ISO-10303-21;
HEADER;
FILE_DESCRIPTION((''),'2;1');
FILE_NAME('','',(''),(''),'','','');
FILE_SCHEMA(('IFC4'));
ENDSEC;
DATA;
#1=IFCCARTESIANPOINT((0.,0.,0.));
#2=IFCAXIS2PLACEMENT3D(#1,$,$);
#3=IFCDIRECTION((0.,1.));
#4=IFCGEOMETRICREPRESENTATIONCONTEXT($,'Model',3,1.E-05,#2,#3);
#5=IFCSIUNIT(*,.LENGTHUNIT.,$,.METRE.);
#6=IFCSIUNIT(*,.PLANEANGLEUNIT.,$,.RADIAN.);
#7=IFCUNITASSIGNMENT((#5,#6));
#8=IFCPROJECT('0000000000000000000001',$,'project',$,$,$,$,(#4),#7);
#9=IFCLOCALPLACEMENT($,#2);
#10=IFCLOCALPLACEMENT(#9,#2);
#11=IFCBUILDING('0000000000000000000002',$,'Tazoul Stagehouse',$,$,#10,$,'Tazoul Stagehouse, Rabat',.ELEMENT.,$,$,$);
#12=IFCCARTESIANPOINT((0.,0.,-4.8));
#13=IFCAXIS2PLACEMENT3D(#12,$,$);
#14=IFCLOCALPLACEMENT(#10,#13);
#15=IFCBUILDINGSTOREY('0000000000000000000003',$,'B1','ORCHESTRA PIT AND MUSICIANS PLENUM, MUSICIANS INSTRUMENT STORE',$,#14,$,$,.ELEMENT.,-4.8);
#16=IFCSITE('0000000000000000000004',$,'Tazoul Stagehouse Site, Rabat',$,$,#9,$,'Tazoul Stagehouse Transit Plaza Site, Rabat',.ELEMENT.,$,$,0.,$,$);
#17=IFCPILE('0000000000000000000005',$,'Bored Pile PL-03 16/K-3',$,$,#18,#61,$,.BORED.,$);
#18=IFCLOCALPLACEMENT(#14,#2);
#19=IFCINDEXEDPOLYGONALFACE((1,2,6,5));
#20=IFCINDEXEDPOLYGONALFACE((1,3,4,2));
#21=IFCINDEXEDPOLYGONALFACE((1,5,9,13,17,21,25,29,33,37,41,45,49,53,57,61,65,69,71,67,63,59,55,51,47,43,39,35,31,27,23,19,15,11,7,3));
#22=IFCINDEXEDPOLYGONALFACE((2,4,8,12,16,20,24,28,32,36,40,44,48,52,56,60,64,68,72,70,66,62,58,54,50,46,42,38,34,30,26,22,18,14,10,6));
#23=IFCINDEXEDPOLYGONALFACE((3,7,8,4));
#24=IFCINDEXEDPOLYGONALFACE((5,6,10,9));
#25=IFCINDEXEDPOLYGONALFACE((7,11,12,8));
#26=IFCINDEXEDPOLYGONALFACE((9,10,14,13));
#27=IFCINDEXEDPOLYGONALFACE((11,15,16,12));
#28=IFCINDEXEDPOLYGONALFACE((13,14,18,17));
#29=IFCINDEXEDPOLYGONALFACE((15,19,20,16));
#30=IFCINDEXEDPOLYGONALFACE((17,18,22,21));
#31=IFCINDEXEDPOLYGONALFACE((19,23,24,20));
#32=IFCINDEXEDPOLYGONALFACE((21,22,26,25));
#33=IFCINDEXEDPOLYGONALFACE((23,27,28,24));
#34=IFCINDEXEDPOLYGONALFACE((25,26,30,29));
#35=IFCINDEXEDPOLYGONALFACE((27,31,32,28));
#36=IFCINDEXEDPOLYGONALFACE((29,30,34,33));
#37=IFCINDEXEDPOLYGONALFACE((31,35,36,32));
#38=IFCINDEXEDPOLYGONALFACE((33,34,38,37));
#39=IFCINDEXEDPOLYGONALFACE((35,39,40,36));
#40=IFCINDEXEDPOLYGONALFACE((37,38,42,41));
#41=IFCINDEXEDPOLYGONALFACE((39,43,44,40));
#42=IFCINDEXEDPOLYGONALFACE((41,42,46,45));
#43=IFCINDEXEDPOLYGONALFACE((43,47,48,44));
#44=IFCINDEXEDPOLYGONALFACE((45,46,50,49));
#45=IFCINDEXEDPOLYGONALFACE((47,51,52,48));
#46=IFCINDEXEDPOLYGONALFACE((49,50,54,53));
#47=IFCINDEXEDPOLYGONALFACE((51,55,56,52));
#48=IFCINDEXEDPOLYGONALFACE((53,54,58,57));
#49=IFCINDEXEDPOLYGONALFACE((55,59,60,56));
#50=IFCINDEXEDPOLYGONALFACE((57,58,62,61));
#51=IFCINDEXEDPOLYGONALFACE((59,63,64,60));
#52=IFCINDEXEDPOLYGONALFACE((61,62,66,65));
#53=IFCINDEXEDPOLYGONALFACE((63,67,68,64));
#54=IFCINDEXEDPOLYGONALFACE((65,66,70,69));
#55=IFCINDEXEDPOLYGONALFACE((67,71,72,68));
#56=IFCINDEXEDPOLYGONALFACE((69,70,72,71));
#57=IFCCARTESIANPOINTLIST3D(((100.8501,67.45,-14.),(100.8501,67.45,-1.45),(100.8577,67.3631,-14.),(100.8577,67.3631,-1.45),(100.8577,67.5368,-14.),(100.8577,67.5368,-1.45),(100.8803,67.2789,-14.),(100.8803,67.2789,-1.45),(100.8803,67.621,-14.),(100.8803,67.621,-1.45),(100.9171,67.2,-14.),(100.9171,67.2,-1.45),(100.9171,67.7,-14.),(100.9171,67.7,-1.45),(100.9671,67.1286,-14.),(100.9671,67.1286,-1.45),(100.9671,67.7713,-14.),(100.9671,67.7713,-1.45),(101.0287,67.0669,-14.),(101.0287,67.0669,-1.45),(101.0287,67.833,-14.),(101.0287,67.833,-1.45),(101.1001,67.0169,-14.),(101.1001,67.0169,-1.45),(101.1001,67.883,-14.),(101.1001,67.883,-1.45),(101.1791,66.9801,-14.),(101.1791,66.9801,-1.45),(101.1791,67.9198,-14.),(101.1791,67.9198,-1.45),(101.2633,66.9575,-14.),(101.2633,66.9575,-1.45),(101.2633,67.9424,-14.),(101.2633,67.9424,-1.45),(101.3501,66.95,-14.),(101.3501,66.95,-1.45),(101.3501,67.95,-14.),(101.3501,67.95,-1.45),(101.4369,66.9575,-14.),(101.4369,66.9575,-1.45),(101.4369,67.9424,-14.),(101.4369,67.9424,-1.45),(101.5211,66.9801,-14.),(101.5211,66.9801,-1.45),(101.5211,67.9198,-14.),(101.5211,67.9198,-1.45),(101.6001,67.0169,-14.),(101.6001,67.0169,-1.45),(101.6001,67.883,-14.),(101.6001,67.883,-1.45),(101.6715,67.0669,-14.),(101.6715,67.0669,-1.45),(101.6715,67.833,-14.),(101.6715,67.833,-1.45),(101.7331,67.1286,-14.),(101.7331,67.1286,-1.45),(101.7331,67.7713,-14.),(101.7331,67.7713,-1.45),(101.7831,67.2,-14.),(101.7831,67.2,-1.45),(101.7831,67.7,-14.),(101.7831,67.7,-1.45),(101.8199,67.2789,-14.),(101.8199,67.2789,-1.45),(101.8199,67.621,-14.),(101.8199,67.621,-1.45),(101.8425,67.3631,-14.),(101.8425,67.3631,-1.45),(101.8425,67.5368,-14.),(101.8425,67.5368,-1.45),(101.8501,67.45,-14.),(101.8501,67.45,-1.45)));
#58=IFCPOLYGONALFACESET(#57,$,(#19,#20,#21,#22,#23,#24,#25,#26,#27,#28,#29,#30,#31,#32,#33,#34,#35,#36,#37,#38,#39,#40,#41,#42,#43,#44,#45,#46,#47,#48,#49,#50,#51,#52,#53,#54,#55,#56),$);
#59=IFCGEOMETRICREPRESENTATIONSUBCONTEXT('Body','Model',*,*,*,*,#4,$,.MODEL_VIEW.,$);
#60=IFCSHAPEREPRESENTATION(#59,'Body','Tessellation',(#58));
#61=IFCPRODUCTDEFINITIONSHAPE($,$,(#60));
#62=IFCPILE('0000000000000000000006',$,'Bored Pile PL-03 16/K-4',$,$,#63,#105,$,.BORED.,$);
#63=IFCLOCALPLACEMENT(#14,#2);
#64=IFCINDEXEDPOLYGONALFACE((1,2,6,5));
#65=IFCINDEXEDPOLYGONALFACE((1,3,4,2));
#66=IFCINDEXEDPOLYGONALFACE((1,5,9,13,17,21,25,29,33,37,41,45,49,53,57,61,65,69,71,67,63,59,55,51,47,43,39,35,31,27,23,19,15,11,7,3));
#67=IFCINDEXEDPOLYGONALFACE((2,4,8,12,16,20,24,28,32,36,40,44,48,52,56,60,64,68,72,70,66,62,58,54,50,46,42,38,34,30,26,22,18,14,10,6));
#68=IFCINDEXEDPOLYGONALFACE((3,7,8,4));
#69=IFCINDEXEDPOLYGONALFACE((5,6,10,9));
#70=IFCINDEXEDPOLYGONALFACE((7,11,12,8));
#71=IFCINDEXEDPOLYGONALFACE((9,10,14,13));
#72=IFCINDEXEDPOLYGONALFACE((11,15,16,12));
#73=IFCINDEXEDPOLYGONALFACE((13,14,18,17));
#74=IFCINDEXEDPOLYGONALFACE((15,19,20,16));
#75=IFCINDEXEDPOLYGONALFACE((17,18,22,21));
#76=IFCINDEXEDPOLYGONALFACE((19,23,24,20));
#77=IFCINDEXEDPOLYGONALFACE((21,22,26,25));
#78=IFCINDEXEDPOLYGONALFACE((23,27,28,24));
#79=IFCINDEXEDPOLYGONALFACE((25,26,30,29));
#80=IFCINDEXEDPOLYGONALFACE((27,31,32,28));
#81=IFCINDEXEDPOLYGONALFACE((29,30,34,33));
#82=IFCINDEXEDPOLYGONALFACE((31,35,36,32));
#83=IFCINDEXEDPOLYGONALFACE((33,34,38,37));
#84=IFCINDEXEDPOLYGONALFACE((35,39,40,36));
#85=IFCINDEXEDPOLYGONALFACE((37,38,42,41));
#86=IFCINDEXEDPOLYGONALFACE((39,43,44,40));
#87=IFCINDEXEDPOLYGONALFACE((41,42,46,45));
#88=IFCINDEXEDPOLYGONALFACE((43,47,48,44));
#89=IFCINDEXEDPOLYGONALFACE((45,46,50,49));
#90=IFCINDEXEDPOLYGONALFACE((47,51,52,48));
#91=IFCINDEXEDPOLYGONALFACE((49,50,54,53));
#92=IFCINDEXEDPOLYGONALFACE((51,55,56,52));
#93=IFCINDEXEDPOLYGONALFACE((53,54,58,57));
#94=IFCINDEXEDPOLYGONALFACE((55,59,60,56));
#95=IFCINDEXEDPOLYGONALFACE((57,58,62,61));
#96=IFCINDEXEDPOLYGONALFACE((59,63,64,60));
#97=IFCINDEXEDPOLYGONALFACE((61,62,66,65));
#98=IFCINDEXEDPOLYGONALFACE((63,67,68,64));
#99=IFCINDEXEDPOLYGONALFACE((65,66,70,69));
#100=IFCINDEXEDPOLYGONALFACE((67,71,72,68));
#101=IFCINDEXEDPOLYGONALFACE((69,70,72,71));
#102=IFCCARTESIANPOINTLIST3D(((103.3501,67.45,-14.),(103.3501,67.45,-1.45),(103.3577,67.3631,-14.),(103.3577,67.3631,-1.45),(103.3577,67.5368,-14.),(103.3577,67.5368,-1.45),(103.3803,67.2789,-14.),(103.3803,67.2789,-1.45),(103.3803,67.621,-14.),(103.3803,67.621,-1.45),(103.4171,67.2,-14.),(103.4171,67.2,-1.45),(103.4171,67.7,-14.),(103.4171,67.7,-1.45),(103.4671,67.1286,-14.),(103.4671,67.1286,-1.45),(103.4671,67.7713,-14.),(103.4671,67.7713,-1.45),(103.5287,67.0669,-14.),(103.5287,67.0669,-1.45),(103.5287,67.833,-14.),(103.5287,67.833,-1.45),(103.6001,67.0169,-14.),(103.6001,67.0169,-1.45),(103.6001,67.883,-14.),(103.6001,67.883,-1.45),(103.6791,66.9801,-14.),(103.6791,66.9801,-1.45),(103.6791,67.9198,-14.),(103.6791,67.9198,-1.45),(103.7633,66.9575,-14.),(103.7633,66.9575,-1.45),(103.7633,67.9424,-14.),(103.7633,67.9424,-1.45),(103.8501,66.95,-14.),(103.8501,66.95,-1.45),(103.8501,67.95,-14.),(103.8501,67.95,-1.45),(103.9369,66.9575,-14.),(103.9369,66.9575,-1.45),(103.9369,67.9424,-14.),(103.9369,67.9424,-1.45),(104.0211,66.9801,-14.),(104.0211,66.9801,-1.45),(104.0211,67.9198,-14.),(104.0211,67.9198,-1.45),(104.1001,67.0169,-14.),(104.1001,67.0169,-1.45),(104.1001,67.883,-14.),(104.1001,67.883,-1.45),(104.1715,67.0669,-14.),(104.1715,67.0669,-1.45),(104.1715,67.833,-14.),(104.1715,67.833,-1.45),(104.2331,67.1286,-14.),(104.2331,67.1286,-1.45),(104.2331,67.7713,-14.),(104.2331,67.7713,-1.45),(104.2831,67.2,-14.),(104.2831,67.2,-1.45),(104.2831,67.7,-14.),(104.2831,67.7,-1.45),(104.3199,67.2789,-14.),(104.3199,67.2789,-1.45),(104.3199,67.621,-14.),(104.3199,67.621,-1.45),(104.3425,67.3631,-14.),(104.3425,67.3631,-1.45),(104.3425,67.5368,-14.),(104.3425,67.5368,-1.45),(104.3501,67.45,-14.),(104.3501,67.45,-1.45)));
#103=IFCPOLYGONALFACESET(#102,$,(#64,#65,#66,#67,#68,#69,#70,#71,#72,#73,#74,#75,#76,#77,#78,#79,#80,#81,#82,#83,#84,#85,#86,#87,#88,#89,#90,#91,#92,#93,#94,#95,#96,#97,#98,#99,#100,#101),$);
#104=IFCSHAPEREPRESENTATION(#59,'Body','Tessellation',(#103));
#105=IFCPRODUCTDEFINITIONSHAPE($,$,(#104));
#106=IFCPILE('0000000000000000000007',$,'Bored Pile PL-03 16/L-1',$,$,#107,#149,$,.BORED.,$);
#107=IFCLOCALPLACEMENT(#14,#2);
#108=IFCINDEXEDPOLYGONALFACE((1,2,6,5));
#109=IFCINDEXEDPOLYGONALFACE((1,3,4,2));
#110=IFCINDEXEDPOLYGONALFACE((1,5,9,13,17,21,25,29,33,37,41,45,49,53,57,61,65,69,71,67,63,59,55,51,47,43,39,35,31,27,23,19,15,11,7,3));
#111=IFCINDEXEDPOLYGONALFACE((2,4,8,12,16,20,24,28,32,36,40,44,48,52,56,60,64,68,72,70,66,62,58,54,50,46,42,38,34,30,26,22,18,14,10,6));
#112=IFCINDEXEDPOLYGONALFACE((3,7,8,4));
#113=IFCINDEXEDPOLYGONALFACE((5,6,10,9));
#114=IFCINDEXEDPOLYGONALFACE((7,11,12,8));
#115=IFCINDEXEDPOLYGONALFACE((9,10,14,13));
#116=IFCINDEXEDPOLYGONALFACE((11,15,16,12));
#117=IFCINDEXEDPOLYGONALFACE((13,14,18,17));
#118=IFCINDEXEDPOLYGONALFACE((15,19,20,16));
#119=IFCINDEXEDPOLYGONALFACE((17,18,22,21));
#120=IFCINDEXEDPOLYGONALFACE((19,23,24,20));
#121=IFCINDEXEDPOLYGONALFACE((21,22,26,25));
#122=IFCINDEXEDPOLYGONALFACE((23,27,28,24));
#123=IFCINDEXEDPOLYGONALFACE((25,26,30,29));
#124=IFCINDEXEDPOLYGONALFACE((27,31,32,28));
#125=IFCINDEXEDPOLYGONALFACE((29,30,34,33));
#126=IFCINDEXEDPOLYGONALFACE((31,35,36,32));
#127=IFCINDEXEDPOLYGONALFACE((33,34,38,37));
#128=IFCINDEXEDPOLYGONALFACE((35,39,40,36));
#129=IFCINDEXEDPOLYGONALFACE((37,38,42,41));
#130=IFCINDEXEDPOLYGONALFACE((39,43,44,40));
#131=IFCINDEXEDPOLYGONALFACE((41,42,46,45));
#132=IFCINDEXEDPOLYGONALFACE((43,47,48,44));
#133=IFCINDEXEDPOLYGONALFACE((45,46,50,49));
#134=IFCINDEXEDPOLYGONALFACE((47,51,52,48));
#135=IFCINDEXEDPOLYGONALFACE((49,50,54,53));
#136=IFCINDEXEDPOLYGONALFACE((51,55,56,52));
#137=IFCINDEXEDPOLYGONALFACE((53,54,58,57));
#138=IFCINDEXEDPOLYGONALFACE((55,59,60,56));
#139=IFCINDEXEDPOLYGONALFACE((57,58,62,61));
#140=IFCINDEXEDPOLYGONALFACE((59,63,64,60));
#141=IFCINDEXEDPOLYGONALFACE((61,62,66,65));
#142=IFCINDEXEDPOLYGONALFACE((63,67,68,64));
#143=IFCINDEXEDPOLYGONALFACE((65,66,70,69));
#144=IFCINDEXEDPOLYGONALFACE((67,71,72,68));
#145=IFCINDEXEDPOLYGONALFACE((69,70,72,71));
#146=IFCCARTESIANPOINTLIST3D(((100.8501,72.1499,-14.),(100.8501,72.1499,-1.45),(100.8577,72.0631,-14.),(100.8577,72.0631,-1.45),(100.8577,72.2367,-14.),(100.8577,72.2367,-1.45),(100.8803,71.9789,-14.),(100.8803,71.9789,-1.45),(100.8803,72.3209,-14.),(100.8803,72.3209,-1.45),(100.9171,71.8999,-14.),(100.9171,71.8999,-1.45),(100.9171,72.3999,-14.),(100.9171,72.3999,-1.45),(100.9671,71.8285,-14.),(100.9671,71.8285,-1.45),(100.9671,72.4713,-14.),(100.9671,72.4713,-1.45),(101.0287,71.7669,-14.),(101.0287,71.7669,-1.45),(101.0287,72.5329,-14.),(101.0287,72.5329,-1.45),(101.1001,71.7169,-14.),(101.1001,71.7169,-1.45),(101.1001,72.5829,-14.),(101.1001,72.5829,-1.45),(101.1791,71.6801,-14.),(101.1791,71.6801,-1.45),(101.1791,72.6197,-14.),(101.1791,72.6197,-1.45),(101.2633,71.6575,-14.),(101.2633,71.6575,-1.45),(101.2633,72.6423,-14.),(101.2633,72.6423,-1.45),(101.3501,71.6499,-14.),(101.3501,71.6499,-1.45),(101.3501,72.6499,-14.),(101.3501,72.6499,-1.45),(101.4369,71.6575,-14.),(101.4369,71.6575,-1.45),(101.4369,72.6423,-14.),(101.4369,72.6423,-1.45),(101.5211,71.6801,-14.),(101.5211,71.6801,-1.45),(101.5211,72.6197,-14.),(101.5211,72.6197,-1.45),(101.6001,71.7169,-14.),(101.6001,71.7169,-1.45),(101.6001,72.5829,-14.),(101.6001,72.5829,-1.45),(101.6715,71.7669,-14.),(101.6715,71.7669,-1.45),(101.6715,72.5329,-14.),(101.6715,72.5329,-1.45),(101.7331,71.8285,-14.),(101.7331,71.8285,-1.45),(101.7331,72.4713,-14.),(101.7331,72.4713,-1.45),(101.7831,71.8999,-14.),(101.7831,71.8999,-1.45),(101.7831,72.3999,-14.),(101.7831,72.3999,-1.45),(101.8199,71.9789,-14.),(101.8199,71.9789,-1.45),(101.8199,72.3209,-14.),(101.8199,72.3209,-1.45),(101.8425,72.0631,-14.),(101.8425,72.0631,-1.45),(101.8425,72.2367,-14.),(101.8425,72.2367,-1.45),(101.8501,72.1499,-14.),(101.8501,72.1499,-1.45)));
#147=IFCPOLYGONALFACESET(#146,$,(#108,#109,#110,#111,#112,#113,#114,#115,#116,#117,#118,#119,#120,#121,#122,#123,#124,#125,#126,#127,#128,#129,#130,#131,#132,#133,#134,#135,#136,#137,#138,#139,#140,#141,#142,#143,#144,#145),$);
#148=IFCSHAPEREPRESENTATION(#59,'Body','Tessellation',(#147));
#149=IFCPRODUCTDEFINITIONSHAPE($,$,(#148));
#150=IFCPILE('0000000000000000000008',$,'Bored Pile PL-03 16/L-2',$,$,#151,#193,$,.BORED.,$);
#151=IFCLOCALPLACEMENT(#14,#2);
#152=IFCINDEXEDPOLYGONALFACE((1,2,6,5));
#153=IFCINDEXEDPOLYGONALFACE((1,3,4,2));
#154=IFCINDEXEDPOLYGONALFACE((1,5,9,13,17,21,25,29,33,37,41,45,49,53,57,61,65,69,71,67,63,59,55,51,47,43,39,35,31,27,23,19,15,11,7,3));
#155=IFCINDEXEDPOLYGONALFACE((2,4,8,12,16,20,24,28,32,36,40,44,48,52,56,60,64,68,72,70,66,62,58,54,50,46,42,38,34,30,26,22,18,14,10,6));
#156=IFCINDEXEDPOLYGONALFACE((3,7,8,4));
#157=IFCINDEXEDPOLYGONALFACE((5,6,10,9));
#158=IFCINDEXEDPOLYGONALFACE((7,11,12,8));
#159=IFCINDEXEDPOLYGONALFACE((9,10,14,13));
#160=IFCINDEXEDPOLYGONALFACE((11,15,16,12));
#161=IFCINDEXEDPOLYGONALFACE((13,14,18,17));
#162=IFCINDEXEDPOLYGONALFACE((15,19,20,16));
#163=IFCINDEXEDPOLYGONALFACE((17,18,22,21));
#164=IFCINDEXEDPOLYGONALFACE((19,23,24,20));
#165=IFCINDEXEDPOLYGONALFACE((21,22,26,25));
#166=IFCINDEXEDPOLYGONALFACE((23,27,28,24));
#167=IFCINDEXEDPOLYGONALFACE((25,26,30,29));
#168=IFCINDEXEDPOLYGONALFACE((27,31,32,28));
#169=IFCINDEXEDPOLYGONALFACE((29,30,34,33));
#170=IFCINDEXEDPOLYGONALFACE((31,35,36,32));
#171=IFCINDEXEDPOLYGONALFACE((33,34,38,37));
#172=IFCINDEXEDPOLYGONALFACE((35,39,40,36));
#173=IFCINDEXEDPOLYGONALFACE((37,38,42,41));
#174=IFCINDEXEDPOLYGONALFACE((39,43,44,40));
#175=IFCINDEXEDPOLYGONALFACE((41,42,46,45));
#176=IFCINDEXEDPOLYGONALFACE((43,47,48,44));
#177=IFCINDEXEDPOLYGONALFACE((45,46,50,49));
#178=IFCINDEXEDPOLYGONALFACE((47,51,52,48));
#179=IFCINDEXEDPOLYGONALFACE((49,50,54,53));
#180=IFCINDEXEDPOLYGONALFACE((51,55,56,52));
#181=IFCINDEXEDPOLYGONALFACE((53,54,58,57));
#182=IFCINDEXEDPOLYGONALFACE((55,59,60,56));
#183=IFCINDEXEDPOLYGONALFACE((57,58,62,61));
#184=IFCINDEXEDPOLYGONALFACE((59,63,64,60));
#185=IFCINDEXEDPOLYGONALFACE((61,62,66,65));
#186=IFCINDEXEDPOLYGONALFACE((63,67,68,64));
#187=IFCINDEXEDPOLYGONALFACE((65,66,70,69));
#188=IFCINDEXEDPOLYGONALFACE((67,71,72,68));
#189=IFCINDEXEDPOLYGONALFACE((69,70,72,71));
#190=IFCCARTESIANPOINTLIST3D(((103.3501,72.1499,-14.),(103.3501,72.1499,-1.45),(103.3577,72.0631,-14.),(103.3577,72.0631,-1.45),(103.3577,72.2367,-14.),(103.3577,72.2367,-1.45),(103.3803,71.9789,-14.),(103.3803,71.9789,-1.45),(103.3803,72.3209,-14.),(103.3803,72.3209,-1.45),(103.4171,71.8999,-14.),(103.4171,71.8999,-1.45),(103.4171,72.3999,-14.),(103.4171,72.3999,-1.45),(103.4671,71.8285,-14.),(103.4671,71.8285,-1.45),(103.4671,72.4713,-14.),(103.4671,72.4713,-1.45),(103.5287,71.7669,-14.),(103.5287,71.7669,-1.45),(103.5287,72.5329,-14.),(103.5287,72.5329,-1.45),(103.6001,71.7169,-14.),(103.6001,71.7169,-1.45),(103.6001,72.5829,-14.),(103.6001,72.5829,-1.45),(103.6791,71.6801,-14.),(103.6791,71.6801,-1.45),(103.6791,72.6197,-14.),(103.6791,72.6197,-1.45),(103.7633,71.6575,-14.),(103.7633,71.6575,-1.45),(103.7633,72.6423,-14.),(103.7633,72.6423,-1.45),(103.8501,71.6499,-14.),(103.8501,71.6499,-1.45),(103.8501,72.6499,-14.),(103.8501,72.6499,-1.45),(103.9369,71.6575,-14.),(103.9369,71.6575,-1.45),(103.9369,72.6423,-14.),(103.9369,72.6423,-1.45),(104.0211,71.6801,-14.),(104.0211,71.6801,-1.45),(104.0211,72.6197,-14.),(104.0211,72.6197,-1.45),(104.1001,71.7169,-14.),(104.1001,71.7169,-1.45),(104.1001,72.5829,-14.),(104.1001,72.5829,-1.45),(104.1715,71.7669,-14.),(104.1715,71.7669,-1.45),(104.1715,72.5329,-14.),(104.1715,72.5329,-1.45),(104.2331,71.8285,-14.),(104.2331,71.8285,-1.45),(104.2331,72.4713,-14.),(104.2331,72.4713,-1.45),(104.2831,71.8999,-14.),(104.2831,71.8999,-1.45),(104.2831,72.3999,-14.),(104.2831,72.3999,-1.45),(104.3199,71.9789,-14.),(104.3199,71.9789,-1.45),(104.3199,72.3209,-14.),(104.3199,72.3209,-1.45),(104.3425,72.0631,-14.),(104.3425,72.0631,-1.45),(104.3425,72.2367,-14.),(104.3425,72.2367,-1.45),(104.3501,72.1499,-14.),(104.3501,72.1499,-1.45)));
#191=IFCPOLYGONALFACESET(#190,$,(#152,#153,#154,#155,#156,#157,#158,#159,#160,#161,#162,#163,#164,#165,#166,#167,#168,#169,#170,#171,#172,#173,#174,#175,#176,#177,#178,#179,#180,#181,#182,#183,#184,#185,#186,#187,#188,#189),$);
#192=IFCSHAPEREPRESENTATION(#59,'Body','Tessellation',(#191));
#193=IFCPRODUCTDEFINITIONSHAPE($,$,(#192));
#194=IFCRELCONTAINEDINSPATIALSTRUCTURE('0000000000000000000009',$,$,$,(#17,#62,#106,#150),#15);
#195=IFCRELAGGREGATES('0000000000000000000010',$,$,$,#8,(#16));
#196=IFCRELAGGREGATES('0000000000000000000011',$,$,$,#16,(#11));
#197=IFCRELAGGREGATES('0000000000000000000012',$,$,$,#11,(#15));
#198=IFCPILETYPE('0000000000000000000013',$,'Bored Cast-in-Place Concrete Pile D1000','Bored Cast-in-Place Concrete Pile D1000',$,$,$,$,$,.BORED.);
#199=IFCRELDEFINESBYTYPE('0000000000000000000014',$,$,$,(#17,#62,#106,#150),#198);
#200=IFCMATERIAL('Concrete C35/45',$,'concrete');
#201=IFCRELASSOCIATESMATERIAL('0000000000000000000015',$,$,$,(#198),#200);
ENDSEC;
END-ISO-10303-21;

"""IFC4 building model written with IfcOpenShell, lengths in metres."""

from ifc_helpers import new_model, si_unit, direction, frame, origin, origin_2d, place, context, subcontext, project, spatial, circle, extrude, material, material_profile, profile_set, type_object, element, save


model = new_model("IFC4")

# Units and contexts
model_context = context("Model", 3, precision=1e-05, world=origin(), true_north=direction((0.0, 1.0)))
body_context = subcontext(model_context, "Body", "Model", "MODEL_VIEW")
ifc_project = project(units=[si_unit("LENGTHUNIT", "METRE"), si_unit("PLANEANGLEUNIT", "RADIAN")], contexts=[model_context])

# Site, building, storey
site_placement = place(None, origin())
site = spatial("IfcSite", under=ifc_project, at=site_placement, Name="Tazoul Stagehouse Site, Rabat", LongName="Tazoul Stagehouse Transit Plaza Site, Rabat", CompositionType="ELEMENT", RefElevation=0.0)
building_placement = place(site_placement, origin())
building = spatial("IfcBuilding", under=site, at=building_placement, Name="Tazoul Stagehouse", LongName="Tazoul Stagehouse, Rabat", CompositionType="ELEMENT")
storey_placement = place(building_placement, frame((0.0, 0.0, -4.8)))
storey = spatial("IfcBuildingStorey", under=building, at=storey_placement, Name="B1", Description="ORCHESTRA PIT AND MUSICIANS PLENUM, MUSICIANS INSTRUMENT STORE", CompositionType="ELEMENT", Elevation=-4.8)

# Piles
ifc_material_1 = material(Name="Concrete C35/45", Category="concrete")
ifc_material_profile_1 = material_profile(ifc_material_1, circle(Radius=0.5, at=origin_2d()), Name="BORED PILE 1000")
ifc_profile_set_1 = profile_set([ifc_material_profile_1], Name="Concrete C35/45")
pile_type_1 = type_object("IfcPileType", Name="Bored Cast-in-Place Concrete Pile D1000", Description="Bored Cast-in-Place Concrete Pile D1000", PredefinedType="BORED", material=ifc_profile_set_1)
for number, where, z_axis, x_axis, name in (
    (1, (101.3501, 67.45, -1.45), (0.0, 0.0, -1.0), (1.0, 0.0, 0.0), "Bored Pile PL-03 16/K-3"),
    (2, (103.8501, 67.45, -1.45), (0.0, 0.0, -1.0), (1.0, 0.0, 0.0), "Bored Pile PL-03 16/K-4"),
    (3, (101.3501, 72.1499, -1.45), (0.0, 0.0, -1.0), (1.0, 0.0, 0.0), "Bored Pile PL-03 16/L-1"),
    (4, (103.8501, 72.1499, -1.45), (0.0, 0.0, -1.0), (1.0, 0.0, 0.0), "Bored Pile PL-03 16/L-2"),
):
    element("IfcPile", number, at=place(storey_placement, frame(where, z_axis=z_axis, x_axis=x_axis)), inside=storey, type_object=pile_type_1, Name=name, PredefinedType="BORED", context=body_context, shape_type="SweptSolid", body=[
        extrude(circle(Radius=0.5, at=origin_2d()), origin(), (0.0, 0.0, 1.0), 12.55),
    ])

save(model, "model.ifc")
